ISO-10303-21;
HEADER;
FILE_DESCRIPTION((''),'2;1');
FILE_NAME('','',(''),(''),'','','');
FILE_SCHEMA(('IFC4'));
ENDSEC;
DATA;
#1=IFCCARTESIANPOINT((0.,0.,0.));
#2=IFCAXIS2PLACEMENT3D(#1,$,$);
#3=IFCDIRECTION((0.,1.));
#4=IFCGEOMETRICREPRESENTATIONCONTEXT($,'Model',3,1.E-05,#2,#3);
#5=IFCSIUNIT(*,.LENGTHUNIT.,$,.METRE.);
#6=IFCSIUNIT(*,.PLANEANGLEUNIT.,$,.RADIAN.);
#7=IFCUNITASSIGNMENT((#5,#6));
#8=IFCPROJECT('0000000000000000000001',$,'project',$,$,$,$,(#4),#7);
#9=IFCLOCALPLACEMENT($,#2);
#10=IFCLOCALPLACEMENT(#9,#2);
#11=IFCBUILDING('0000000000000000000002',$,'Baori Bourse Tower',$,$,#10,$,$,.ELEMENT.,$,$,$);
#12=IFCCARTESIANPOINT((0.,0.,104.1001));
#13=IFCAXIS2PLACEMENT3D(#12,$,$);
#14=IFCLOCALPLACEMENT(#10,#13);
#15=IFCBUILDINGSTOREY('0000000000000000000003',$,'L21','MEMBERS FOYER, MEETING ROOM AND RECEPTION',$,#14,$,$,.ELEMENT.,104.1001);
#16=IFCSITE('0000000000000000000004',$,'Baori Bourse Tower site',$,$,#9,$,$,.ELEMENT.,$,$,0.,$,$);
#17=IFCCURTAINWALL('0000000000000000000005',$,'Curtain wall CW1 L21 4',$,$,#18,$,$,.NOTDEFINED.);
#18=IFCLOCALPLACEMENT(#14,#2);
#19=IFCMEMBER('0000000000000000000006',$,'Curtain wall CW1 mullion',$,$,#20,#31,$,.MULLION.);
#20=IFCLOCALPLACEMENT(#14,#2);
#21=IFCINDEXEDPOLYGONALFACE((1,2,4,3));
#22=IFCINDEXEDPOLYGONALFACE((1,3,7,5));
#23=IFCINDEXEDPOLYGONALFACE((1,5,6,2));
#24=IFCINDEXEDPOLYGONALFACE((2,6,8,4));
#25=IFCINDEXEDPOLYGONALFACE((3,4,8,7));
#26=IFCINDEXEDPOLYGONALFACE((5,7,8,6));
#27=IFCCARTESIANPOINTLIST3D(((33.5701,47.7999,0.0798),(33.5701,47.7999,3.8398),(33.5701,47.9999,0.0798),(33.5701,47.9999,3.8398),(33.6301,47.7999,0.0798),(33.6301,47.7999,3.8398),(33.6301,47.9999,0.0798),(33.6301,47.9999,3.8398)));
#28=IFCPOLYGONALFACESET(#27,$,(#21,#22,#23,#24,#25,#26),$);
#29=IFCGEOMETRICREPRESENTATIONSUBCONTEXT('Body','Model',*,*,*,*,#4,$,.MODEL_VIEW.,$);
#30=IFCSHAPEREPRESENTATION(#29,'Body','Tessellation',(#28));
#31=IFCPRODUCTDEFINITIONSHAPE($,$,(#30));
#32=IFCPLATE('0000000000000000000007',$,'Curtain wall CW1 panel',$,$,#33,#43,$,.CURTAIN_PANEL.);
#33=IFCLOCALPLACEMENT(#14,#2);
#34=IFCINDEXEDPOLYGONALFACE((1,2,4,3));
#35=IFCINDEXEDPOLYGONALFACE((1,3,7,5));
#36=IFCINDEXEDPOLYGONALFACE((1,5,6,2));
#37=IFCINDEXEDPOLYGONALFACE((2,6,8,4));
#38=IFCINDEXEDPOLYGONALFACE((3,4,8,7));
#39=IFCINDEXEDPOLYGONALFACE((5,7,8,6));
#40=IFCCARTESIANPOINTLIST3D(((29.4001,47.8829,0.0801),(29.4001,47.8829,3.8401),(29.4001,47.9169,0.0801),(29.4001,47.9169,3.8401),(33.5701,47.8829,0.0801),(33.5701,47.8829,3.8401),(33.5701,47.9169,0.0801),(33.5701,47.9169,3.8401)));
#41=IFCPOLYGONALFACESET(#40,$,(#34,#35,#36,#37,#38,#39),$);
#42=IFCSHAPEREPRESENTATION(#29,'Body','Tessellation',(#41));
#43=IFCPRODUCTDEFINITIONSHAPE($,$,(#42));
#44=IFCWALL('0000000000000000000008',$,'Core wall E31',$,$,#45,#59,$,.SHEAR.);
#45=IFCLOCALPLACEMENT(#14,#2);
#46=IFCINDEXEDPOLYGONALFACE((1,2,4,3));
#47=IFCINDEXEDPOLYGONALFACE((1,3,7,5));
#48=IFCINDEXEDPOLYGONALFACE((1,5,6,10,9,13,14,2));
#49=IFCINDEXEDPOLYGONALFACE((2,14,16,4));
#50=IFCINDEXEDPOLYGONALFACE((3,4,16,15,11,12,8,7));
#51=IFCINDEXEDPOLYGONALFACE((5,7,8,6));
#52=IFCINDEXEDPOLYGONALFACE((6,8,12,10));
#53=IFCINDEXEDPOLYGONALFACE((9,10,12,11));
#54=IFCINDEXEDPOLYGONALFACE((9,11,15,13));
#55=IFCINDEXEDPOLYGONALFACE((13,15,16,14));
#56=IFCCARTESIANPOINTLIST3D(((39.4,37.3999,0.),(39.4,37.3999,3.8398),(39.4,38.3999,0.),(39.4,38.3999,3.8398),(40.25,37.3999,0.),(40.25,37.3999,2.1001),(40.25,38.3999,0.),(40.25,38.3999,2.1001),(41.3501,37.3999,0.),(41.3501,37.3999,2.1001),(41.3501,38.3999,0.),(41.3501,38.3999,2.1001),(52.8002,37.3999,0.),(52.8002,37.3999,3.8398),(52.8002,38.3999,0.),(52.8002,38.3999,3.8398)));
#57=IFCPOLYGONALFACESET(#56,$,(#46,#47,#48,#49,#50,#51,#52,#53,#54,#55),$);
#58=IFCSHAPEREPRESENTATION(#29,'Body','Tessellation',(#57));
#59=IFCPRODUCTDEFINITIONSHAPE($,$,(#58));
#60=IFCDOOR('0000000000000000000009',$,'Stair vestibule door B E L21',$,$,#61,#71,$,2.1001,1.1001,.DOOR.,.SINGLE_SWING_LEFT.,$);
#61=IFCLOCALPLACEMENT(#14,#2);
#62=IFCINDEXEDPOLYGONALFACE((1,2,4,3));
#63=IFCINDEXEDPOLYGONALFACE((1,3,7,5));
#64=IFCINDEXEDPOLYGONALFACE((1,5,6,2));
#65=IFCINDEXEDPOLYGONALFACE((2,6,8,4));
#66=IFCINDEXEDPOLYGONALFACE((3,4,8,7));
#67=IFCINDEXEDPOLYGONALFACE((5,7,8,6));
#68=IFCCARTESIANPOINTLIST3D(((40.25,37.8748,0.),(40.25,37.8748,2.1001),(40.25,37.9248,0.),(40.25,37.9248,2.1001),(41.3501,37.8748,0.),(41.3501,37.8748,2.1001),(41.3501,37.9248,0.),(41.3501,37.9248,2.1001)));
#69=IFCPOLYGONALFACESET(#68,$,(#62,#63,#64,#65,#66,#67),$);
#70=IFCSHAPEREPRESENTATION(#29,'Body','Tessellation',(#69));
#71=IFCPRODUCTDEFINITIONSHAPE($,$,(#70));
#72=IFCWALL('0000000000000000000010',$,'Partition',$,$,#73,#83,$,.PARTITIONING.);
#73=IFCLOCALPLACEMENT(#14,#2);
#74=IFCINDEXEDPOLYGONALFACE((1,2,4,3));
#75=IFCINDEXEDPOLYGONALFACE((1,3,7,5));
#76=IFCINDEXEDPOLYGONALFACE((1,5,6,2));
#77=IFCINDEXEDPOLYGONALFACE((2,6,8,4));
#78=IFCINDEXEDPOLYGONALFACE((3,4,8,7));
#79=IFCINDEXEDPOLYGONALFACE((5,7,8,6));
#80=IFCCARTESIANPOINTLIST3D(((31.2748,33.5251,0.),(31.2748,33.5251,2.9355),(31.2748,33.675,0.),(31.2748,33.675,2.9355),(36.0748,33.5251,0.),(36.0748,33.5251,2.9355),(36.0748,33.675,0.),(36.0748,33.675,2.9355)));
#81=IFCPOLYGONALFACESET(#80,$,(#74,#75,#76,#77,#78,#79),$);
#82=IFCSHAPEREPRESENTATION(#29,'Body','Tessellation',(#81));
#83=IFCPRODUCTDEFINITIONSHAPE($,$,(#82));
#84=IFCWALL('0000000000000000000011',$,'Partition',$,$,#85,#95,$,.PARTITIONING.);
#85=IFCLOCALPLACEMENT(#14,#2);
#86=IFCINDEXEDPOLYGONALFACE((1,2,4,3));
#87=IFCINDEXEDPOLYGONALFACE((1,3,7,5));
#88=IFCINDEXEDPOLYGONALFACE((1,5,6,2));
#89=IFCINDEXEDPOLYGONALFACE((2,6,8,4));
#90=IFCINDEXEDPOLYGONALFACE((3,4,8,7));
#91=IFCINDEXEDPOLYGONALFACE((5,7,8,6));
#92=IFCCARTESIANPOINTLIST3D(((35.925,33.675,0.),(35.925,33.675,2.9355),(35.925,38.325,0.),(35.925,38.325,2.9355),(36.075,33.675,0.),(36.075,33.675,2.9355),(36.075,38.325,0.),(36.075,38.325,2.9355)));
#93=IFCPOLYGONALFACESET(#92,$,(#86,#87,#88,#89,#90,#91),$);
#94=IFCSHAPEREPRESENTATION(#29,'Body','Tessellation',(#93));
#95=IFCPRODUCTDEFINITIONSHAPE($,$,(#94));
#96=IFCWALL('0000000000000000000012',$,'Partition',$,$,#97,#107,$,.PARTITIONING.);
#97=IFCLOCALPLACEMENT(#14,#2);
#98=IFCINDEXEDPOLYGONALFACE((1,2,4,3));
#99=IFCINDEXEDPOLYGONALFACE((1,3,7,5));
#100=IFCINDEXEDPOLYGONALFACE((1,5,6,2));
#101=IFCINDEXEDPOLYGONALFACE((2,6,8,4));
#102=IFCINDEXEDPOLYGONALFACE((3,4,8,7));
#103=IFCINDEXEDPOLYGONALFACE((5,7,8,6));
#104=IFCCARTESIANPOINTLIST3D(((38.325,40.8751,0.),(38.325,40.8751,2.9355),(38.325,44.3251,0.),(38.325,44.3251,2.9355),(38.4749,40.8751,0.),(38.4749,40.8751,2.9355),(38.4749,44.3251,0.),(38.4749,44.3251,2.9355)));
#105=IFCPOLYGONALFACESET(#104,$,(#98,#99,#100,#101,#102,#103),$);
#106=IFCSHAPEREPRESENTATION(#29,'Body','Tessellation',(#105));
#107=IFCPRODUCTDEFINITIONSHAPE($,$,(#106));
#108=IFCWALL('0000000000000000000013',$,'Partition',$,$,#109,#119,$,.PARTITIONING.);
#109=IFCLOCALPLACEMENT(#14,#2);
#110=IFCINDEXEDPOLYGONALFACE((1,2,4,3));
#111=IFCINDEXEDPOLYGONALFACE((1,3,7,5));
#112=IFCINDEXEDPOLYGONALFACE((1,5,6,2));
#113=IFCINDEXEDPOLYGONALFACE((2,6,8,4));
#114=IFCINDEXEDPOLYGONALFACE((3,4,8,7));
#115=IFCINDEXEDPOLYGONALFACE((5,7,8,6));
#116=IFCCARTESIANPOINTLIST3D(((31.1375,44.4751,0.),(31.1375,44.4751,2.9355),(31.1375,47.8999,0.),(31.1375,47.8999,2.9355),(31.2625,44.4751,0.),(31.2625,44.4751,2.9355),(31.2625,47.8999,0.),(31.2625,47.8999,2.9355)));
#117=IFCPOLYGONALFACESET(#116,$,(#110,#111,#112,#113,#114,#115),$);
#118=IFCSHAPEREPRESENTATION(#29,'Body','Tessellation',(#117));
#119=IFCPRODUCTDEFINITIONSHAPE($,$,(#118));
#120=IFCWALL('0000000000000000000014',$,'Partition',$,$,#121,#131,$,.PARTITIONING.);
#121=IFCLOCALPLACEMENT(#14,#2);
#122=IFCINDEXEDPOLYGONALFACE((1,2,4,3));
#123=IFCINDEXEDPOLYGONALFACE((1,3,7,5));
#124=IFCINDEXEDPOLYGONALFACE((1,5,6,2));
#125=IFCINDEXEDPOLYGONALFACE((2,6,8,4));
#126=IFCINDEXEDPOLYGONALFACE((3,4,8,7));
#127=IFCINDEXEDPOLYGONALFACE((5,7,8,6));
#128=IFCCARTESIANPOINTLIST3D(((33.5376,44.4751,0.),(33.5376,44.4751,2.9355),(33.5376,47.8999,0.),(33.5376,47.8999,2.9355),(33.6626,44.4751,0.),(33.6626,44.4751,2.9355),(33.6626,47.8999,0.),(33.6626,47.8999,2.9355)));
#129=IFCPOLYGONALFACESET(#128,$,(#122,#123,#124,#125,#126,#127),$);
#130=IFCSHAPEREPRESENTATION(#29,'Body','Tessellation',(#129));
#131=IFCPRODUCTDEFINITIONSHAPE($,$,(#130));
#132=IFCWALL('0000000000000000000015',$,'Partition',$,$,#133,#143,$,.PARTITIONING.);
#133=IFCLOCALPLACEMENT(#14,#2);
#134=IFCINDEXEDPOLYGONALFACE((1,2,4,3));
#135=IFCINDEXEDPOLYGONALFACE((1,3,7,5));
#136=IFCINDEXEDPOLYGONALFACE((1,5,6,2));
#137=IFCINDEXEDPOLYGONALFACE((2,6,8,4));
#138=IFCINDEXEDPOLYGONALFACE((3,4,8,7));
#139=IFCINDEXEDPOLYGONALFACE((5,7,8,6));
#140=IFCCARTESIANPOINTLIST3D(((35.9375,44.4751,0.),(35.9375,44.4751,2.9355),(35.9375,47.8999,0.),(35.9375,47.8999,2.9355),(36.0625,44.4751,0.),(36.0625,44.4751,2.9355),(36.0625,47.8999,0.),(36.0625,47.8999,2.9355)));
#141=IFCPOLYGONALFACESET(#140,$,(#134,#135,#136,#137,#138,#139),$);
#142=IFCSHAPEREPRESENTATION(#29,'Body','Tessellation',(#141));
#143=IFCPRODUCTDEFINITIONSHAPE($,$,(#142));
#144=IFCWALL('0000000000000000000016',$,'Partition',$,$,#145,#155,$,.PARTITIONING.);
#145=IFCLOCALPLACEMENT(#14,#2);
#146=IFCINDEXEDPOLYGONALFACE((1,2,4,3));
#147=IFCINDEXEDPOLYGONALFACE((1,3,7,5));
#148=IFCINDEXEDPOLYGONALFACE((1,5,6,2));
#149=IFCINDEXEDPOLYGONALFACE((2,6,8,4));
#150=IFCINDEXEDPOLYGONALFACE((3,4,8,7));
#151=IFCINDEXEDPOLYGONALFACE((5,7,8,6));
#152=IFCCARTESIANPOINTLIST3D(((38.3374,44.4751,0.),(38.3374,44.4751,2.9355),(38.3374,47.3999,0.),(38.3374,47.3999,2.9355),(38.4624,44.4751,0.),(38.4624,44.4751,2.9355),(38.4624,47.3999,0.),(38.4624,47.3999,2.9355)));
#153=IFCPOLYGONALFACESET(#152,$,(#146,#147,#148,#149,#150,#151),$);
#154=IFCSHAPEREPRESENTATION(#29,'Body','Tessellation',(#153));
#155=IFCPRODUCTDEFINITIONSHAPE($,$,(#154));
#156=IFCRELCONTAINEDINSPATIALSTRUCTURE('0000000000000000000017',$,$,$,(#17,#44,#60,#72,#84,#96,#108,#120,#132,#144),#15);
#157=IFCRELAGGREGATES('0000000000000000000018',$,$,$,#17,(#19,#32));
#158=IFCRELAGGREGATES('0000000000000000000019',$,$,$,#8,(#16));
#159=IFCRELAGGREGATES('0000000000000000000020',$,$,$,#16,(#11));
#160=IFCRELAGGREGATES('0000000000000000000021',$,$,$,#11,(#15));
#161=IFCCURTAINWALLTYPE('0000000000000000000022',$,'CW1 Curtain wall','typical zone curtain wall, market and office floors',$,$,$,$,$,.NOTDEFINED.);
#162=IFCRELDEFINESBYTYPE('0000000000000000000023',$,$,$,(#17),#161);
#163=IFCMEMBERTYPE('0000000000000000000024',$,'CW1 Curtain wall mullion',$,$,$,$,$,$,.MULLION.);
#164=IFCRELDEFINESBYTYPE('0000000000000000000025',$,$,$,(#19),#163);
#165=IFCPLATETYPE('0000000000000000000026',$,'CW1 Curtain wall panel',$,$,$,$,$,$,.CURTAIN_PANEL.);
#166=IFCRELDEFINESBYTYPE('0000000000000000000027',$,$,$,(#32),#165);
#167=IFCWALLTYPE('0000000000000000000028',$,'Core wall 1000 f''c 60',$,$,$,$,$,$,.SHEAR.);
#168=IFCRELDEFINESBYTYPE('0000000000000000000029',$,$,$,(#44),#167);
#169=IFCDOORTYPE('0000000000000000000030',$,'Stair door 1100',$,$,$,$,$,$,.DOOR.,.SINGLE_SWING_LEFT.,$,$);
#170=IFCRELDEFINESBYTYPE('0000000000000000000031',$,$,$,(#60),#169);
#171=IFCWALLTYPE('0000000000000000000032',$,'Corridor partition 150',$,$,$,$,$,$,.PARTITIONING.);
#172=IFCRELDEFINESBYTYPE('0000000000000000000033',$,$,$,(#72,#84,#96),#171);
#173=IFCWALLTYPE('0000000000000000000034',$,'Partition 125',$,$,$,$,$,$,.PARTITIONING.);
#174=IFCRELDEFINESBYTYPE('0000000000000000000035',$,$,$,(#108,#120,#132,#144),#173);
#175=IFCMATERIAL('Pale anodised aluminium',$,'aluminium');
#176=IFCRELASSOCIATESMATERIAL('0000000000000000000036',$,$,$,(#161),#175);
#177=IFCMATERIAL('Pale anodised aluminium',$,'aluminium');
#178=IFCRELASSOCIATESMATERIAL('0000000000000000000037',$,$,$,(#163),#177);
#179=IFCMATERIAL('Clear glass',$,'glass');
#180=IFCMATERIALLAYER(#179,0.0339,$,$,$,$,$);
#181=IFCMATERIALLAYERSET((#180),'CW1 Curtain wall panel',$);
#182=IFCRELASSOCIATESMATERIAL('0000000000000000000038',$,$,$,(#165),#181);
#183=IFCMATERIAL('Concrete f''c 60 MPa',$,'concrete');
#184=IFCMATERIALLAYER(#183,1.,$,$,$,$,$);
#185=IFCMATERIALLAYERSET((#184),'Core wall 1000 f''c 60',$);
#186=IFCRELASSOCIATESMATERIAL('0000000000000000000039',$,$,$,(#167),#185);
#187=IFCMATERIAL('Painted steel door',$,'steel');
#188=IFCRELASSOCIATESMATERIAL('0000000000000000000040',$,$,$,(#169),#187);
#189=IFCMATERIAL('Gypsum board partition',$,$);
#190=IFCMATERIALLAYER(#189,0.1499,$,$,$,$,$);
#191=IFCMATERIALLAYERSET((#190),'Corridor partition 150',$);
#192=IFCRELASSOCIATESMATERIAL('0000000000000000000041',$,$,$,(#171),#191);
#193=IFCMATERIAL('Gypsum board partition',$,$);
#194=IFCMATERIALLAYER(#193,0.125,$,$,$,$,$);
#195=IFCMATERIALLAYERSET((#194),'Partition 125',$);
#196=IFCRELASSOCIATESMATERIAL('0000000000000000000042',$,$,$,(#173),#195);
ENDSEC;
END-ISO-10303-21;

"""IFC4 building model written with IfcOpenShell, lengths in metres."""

from ifc_helpers import new_model, si_unit, direction, frame, frame_2d, origin, origin_2d, place, context, subcontext, project, spatial, rectangle, extrude, material, layer, layer_set, material_profile, profile_set, type_object, element, fill, aggregate, save


model = new_model("IFC4")

# Units and contexts
model_context = context("Model", 3, precision=1e-05, world=origin(), true_north=direction((0.0, 1.0)))
body_context = subcontext(model_context, "Body", "Model", "MODEL_VIEW")
ifc_project = project(units=[si_unit("LENGTHUNIT", "METRE"), si_unit("PLANEANGLEUNIT", "RADIAN")], contexts=[model_context])

# Site, building, storey
site_placement = place(None, origin())
site = spatial("IfcSite", under=ifc_project, at=site_placement, Name="Baori Bourse Tower site", CompositionType="ELEMENT", RefElevation=0.0)
building_placement = place(site_placement, origin())
building = spatial("IfcBuilding", under=site, at=building_placement, Name="Baori Bourse Tower", CompositionType="ELEMENT")
storey_placement = place(building_placement, frame((0.0, 0.0, 104.1001)))
storey = spatial("IfcBuildingStorey", under=building, at=storey_placement, Name="L21", Description="MEMBERS FOYER, MEETING ROOM AND RECEPTION", CompositionType="ELEMENT", Elevation=104.1001)

# Curtain wall, member, plate
ifc_material_1 = material(Name="Pale anodised aluminium", Category="aluminium")
curtain_wall_type = type_object("IfcCurtainWallType", Name="CW1 Curtain wall", Description="typical zone curtain wall, market and office floors", PredefinedType="NOTDEFINED", material=ifc_material_1)
curtain_wall_placement = place(storey_placement, origin())
curtain_wall = element("IfcCurtainWall", 1, at=curtain_wall_placement, inside=storey, type_object=curtain_wall_type, Name="Curtain wall CW1 L21 4", PredefinedType="NOTDEFINED")
ifc_material_2 = material(Name="Pale anodised aluminium", Category="aluminium")
ifc_material_profile = material_profile(ifc_material_2, rectangle(XDim=0.2, YDim=0.0601, at=origin_2d()), Name="Mullion 60x200")
ifc_profile_set = profile_set([ifc_material_profile], Name="Pale anodised aluminium")
member_type = type_object("IfcMemberType", Name="CW1 Curtain wall mullion", PredefinedType="MULLION", material=ifc_profile_set)
member_placement = place(storey_placement, frame((33.6001, 47.8999, 0.0798), z_axis=(0.0, 0.0, 1.0), x_axis=(0.0, -1.0, 0.0)))
member = element("IfcMember", 2, at=member_placement, type_object=member_type, Name="Curtain wall CW1 mullion", PredefinedType="MULLION", context=body_context, shape_type="SweptSolid", body=[
    extrude(rectangle(XDim=0.2, YDim=0.0601, at=origin_2d()), origin(), (0.0, 0.0, 1.0), 3.76),
])
ifc_material_3 = material(Name="Clear glass", Category="glass")
ifc_layer_1 = layer(ifc_material_3, 0.0339)
ifc_layer_set_1 = layer_set([ifc_layer_1], Name="CW1 Curtain wall panel")
plate_type = type_object("IfcPlateType", Name="CW1 Curtain wall panel", PredefinedType="CURTAIN_PANEL", material=ifc_layer_set_1)
plate_placement = place(storey_placement, frame((31.4851, 47.8999, 0.0801), z_axis=(0.0, 0.0, 1.0), x_axis=(-1.0, 0.0, 0.0)))
plate = element("IfcPlate", 3, at=plate_placement, type_object=plate_type, Name="Curtain wall CW1 panel", PredefinedType="CURTAIN_PANEL", context=body_context, shape_type="SweptSolid", body=[
    extrude(rectangle(XDim=4.1699, YDim=0.0339, at=origin_2d()), origin(), (0.0, 0.0, 1.0), 3.76),
])
aggregate(curtain_wall, [member, plate])

# Wall, opening, door
ifc_material_4 = material(Name="Concrete f'c 60 MPa", Category="concrete")
ifc_layer_2 = layer(ifc_material_4, 1.0)
ifc_layer_set_2 = layer_set([ifc_layer_2], Name="Core wall 1000 f'c 60")
wall_type_1 = type_object("IfcWallType", Name="Core wall 1000 f'c 60", PredefinedType="SHEAR", material=ifc_layer_set_2)
wall_1_placement = place(storey_placement, frame((39.3999, 37.8999, 0.0), z_axis=(0.0, 0.0, 1.0), x_axis=(1.0, 0.0, 0.0)))
wall_1 = element("IfcWall", 4, at=wall_1_placement, inside=storey, type_object=wall_type_1, Name="Core wall E31", PredefinedType="SHEAR", context=body_context, shape_type="SweptSolid", body=[
    extrude(rectangle(XDim=13.4001, YDim=1.0, at=frame_2d((6.7002, 0.0))), origin(), (0.0, 0.0, 1.0), 3.8398),
])
opening_1_placement = place(wall_1_placement, frame((0.8501, 0.0, 0.0)))
opening_1 = element("IfcOpeningElement", 5, at=opening_1_placement, cuts=wall_1, PredefinedType="OPENING", context=body_context, shape_type="SweptSolid", body=[
    extrude(rectangle(XDim=1.1001, YDim=2.1001, at=frame_2d((0.55, 1.05))), frame((0.0, 0.51, 0.0), z_axis=(0.0, -1.0, 0.0), x_axis=(1.0, 0.0, 0.0)), (0.0, 0.0, 1.0), 1.02),
])
ifc_material_5 = material(Name="Painted steel door", Category="steel")
door_type_1 = type_object("IfcDoorType", Name="Stair door 1100", OperationType="SINGLE_SWING_LEFT", PredefinedType="DOOR", material=ifc_material_5)
door_1_placement = place(opening_1_placement, origin())
door_1 = element("IfcDoor", 6, at=door_1_placement, inside=storey, type_object=door_type_1, Name="Stair vestibule door B E L21", OperationType="SINGLE_SWING_LEFT", OverallHeight=2.1001, OverallWidth=1.1001, PredefinedType="DOOR", context=body_context, shape_type="SweptSolid", body=[
    extrude(rectangle(XDim=1.1001, YDim=2.1001, at=frame_2d((0.55, 1.05))), frame((0.0, 0.0249, 0.0), z_axis=(0.0, -1.0, 0.0), x_axis=(1.0, 0.0, 0.0)), (0.0, 0.0, 1.0), 0.05),
])
fill(opening_1, door_1)

# Walls
ifc_material_6 = material(Name="Gypsum board partition")
ifc_layer_3 = layer(ifc_material_6, 0.1499)
ifc_layer_set_3 = layer_set([ifc_layer_3], Name="Corridor partition 150")
wall_type_2 = type_object("IfcWallType", Name="Corridor partition 150", PredefinedType="PARTITIONING", material=ifc_layer_set_3)
wall_2_placement = place(storey_placement, frame((31.2749, 33.6001, 0.0), z_axis=(0.0, 0.0, 1.0), x_axis=(1.0, 0.0, 0.0)))
element("IfcWall", 7, at=wall_2_placement, inside=storey, type_object=wall_type_2, Name="Partition", PredefinedType="PARTITIONING", context=body_context, shape_type="SweptSolid", body=[
    extrude(rectangle(XDim=4.8, YDim=0.1499, at=frame_2d((2.3999, 0.0))), origin(), (0.0, 0.0, 1.0), 2.9355),
])
wall_3_placement = place(storey_placement, frame((36.0, 33.675, 0.0), z_axis=(0.0, 0.0, 1.0), x_axis=(0.0, 1.0, 0.0)))
element("IfcWall", 8, at=wall_3_placement, inside=storey, type_object=wall_type_2, Name="Partition", PredefinedType="PARTITIONING", context=body_context, shape_type="SweptSolid", body=[
    extrude(rectangle(XDim=4.6499, YDim=0.1499, at=frame_2d((2.325, 0.0))), origin(), (0.0, 0.0, 1.0), 2.9355),
])
wall_4_placement = place(storey_placement, frame((38.3999, 40.875, 0.0), z_axis=(0.0, 0.0, 1.0), x_axis=(0.0, 1.0, 0.0)))
element("IfcWall", 9, at=wall_4_placement, inside=storey, type_object=wall_type_2, Name="Partition", PredefinedType="PARTITIONING", context=body_context, shape_type="SweptSolid", body=[
    extrude(rectangle(XDim=3.45, YDim=0.1499, at=frame_2d((1.7251, 0.0))), origin(), (0.0, 0.0, 1.0), 2.9355),
])
ifc_material_7 = material(Name="Gypsum board partition")
ifc_layer_4 = layer(ifc_material_7, 0.125)
ifc_layer_set_4 = layer_set([ifc_layer_4], Name="Partition 125")
wall_type_3 = type_object("IfcWallType", Name="Partition 125", PredefinedType="PARTITIONING", material=ifc_layer_set_4)
for number, where, z_axis, x_axis, name in (
    (10, (31.2, 44.4751, 0.0), (0.0, 0.0, 1.0), (0.0, 1.0, 0.0), "Partition"),
    (11, (33.6001, 44.4751, 0.0), (0.0, 0.0, 1.0), (0.0, 1.0, 0.0), "Partition"),
    (12, (36.0, 44.4751, 0.0), (0.0, 0.0, 1.0), (0.0, 1.0, 0.0), "Partition"),
):
    element("IfcWall", number, at=place(storey_placement, frame(where, z_axis=z_axis, x_axis=x_axis)), inside=storey, type_object=wall_type_3, Name=name, PredefinedType="PARTITIONING", context=body_context, shape_type="SweptSolid", body=[
        extrude(rectangle(XDim=3.4248, YDim=0.125, at=frame_2d((1.7124, 0.0))), origin(), (0.0, 0.0, 1.0), 2.9355),
    ])
wall_5_placement = place(storey_placement, frame((38.3999, 44.4751, 0.0), z_axis=(0.0, 0.0, 1.0), x_axis=(0.0, 1.0, 0.0)))
element("IfcWall", 13, at=wall_5_placement, inside=storey, type_object=wall_type_3, Name="Partition", PredefinedType="PARTITIONING", context=body_context, shape_type="SweptSolid", body=[
    extrude(rectangle(XDim=2.9248, YDim=0.125, at=frame_2d((1.4624, 0.0))), origin(), (0.0, 0.0, 1.0), 2.9355),
])

save(model, "model.ifc")
